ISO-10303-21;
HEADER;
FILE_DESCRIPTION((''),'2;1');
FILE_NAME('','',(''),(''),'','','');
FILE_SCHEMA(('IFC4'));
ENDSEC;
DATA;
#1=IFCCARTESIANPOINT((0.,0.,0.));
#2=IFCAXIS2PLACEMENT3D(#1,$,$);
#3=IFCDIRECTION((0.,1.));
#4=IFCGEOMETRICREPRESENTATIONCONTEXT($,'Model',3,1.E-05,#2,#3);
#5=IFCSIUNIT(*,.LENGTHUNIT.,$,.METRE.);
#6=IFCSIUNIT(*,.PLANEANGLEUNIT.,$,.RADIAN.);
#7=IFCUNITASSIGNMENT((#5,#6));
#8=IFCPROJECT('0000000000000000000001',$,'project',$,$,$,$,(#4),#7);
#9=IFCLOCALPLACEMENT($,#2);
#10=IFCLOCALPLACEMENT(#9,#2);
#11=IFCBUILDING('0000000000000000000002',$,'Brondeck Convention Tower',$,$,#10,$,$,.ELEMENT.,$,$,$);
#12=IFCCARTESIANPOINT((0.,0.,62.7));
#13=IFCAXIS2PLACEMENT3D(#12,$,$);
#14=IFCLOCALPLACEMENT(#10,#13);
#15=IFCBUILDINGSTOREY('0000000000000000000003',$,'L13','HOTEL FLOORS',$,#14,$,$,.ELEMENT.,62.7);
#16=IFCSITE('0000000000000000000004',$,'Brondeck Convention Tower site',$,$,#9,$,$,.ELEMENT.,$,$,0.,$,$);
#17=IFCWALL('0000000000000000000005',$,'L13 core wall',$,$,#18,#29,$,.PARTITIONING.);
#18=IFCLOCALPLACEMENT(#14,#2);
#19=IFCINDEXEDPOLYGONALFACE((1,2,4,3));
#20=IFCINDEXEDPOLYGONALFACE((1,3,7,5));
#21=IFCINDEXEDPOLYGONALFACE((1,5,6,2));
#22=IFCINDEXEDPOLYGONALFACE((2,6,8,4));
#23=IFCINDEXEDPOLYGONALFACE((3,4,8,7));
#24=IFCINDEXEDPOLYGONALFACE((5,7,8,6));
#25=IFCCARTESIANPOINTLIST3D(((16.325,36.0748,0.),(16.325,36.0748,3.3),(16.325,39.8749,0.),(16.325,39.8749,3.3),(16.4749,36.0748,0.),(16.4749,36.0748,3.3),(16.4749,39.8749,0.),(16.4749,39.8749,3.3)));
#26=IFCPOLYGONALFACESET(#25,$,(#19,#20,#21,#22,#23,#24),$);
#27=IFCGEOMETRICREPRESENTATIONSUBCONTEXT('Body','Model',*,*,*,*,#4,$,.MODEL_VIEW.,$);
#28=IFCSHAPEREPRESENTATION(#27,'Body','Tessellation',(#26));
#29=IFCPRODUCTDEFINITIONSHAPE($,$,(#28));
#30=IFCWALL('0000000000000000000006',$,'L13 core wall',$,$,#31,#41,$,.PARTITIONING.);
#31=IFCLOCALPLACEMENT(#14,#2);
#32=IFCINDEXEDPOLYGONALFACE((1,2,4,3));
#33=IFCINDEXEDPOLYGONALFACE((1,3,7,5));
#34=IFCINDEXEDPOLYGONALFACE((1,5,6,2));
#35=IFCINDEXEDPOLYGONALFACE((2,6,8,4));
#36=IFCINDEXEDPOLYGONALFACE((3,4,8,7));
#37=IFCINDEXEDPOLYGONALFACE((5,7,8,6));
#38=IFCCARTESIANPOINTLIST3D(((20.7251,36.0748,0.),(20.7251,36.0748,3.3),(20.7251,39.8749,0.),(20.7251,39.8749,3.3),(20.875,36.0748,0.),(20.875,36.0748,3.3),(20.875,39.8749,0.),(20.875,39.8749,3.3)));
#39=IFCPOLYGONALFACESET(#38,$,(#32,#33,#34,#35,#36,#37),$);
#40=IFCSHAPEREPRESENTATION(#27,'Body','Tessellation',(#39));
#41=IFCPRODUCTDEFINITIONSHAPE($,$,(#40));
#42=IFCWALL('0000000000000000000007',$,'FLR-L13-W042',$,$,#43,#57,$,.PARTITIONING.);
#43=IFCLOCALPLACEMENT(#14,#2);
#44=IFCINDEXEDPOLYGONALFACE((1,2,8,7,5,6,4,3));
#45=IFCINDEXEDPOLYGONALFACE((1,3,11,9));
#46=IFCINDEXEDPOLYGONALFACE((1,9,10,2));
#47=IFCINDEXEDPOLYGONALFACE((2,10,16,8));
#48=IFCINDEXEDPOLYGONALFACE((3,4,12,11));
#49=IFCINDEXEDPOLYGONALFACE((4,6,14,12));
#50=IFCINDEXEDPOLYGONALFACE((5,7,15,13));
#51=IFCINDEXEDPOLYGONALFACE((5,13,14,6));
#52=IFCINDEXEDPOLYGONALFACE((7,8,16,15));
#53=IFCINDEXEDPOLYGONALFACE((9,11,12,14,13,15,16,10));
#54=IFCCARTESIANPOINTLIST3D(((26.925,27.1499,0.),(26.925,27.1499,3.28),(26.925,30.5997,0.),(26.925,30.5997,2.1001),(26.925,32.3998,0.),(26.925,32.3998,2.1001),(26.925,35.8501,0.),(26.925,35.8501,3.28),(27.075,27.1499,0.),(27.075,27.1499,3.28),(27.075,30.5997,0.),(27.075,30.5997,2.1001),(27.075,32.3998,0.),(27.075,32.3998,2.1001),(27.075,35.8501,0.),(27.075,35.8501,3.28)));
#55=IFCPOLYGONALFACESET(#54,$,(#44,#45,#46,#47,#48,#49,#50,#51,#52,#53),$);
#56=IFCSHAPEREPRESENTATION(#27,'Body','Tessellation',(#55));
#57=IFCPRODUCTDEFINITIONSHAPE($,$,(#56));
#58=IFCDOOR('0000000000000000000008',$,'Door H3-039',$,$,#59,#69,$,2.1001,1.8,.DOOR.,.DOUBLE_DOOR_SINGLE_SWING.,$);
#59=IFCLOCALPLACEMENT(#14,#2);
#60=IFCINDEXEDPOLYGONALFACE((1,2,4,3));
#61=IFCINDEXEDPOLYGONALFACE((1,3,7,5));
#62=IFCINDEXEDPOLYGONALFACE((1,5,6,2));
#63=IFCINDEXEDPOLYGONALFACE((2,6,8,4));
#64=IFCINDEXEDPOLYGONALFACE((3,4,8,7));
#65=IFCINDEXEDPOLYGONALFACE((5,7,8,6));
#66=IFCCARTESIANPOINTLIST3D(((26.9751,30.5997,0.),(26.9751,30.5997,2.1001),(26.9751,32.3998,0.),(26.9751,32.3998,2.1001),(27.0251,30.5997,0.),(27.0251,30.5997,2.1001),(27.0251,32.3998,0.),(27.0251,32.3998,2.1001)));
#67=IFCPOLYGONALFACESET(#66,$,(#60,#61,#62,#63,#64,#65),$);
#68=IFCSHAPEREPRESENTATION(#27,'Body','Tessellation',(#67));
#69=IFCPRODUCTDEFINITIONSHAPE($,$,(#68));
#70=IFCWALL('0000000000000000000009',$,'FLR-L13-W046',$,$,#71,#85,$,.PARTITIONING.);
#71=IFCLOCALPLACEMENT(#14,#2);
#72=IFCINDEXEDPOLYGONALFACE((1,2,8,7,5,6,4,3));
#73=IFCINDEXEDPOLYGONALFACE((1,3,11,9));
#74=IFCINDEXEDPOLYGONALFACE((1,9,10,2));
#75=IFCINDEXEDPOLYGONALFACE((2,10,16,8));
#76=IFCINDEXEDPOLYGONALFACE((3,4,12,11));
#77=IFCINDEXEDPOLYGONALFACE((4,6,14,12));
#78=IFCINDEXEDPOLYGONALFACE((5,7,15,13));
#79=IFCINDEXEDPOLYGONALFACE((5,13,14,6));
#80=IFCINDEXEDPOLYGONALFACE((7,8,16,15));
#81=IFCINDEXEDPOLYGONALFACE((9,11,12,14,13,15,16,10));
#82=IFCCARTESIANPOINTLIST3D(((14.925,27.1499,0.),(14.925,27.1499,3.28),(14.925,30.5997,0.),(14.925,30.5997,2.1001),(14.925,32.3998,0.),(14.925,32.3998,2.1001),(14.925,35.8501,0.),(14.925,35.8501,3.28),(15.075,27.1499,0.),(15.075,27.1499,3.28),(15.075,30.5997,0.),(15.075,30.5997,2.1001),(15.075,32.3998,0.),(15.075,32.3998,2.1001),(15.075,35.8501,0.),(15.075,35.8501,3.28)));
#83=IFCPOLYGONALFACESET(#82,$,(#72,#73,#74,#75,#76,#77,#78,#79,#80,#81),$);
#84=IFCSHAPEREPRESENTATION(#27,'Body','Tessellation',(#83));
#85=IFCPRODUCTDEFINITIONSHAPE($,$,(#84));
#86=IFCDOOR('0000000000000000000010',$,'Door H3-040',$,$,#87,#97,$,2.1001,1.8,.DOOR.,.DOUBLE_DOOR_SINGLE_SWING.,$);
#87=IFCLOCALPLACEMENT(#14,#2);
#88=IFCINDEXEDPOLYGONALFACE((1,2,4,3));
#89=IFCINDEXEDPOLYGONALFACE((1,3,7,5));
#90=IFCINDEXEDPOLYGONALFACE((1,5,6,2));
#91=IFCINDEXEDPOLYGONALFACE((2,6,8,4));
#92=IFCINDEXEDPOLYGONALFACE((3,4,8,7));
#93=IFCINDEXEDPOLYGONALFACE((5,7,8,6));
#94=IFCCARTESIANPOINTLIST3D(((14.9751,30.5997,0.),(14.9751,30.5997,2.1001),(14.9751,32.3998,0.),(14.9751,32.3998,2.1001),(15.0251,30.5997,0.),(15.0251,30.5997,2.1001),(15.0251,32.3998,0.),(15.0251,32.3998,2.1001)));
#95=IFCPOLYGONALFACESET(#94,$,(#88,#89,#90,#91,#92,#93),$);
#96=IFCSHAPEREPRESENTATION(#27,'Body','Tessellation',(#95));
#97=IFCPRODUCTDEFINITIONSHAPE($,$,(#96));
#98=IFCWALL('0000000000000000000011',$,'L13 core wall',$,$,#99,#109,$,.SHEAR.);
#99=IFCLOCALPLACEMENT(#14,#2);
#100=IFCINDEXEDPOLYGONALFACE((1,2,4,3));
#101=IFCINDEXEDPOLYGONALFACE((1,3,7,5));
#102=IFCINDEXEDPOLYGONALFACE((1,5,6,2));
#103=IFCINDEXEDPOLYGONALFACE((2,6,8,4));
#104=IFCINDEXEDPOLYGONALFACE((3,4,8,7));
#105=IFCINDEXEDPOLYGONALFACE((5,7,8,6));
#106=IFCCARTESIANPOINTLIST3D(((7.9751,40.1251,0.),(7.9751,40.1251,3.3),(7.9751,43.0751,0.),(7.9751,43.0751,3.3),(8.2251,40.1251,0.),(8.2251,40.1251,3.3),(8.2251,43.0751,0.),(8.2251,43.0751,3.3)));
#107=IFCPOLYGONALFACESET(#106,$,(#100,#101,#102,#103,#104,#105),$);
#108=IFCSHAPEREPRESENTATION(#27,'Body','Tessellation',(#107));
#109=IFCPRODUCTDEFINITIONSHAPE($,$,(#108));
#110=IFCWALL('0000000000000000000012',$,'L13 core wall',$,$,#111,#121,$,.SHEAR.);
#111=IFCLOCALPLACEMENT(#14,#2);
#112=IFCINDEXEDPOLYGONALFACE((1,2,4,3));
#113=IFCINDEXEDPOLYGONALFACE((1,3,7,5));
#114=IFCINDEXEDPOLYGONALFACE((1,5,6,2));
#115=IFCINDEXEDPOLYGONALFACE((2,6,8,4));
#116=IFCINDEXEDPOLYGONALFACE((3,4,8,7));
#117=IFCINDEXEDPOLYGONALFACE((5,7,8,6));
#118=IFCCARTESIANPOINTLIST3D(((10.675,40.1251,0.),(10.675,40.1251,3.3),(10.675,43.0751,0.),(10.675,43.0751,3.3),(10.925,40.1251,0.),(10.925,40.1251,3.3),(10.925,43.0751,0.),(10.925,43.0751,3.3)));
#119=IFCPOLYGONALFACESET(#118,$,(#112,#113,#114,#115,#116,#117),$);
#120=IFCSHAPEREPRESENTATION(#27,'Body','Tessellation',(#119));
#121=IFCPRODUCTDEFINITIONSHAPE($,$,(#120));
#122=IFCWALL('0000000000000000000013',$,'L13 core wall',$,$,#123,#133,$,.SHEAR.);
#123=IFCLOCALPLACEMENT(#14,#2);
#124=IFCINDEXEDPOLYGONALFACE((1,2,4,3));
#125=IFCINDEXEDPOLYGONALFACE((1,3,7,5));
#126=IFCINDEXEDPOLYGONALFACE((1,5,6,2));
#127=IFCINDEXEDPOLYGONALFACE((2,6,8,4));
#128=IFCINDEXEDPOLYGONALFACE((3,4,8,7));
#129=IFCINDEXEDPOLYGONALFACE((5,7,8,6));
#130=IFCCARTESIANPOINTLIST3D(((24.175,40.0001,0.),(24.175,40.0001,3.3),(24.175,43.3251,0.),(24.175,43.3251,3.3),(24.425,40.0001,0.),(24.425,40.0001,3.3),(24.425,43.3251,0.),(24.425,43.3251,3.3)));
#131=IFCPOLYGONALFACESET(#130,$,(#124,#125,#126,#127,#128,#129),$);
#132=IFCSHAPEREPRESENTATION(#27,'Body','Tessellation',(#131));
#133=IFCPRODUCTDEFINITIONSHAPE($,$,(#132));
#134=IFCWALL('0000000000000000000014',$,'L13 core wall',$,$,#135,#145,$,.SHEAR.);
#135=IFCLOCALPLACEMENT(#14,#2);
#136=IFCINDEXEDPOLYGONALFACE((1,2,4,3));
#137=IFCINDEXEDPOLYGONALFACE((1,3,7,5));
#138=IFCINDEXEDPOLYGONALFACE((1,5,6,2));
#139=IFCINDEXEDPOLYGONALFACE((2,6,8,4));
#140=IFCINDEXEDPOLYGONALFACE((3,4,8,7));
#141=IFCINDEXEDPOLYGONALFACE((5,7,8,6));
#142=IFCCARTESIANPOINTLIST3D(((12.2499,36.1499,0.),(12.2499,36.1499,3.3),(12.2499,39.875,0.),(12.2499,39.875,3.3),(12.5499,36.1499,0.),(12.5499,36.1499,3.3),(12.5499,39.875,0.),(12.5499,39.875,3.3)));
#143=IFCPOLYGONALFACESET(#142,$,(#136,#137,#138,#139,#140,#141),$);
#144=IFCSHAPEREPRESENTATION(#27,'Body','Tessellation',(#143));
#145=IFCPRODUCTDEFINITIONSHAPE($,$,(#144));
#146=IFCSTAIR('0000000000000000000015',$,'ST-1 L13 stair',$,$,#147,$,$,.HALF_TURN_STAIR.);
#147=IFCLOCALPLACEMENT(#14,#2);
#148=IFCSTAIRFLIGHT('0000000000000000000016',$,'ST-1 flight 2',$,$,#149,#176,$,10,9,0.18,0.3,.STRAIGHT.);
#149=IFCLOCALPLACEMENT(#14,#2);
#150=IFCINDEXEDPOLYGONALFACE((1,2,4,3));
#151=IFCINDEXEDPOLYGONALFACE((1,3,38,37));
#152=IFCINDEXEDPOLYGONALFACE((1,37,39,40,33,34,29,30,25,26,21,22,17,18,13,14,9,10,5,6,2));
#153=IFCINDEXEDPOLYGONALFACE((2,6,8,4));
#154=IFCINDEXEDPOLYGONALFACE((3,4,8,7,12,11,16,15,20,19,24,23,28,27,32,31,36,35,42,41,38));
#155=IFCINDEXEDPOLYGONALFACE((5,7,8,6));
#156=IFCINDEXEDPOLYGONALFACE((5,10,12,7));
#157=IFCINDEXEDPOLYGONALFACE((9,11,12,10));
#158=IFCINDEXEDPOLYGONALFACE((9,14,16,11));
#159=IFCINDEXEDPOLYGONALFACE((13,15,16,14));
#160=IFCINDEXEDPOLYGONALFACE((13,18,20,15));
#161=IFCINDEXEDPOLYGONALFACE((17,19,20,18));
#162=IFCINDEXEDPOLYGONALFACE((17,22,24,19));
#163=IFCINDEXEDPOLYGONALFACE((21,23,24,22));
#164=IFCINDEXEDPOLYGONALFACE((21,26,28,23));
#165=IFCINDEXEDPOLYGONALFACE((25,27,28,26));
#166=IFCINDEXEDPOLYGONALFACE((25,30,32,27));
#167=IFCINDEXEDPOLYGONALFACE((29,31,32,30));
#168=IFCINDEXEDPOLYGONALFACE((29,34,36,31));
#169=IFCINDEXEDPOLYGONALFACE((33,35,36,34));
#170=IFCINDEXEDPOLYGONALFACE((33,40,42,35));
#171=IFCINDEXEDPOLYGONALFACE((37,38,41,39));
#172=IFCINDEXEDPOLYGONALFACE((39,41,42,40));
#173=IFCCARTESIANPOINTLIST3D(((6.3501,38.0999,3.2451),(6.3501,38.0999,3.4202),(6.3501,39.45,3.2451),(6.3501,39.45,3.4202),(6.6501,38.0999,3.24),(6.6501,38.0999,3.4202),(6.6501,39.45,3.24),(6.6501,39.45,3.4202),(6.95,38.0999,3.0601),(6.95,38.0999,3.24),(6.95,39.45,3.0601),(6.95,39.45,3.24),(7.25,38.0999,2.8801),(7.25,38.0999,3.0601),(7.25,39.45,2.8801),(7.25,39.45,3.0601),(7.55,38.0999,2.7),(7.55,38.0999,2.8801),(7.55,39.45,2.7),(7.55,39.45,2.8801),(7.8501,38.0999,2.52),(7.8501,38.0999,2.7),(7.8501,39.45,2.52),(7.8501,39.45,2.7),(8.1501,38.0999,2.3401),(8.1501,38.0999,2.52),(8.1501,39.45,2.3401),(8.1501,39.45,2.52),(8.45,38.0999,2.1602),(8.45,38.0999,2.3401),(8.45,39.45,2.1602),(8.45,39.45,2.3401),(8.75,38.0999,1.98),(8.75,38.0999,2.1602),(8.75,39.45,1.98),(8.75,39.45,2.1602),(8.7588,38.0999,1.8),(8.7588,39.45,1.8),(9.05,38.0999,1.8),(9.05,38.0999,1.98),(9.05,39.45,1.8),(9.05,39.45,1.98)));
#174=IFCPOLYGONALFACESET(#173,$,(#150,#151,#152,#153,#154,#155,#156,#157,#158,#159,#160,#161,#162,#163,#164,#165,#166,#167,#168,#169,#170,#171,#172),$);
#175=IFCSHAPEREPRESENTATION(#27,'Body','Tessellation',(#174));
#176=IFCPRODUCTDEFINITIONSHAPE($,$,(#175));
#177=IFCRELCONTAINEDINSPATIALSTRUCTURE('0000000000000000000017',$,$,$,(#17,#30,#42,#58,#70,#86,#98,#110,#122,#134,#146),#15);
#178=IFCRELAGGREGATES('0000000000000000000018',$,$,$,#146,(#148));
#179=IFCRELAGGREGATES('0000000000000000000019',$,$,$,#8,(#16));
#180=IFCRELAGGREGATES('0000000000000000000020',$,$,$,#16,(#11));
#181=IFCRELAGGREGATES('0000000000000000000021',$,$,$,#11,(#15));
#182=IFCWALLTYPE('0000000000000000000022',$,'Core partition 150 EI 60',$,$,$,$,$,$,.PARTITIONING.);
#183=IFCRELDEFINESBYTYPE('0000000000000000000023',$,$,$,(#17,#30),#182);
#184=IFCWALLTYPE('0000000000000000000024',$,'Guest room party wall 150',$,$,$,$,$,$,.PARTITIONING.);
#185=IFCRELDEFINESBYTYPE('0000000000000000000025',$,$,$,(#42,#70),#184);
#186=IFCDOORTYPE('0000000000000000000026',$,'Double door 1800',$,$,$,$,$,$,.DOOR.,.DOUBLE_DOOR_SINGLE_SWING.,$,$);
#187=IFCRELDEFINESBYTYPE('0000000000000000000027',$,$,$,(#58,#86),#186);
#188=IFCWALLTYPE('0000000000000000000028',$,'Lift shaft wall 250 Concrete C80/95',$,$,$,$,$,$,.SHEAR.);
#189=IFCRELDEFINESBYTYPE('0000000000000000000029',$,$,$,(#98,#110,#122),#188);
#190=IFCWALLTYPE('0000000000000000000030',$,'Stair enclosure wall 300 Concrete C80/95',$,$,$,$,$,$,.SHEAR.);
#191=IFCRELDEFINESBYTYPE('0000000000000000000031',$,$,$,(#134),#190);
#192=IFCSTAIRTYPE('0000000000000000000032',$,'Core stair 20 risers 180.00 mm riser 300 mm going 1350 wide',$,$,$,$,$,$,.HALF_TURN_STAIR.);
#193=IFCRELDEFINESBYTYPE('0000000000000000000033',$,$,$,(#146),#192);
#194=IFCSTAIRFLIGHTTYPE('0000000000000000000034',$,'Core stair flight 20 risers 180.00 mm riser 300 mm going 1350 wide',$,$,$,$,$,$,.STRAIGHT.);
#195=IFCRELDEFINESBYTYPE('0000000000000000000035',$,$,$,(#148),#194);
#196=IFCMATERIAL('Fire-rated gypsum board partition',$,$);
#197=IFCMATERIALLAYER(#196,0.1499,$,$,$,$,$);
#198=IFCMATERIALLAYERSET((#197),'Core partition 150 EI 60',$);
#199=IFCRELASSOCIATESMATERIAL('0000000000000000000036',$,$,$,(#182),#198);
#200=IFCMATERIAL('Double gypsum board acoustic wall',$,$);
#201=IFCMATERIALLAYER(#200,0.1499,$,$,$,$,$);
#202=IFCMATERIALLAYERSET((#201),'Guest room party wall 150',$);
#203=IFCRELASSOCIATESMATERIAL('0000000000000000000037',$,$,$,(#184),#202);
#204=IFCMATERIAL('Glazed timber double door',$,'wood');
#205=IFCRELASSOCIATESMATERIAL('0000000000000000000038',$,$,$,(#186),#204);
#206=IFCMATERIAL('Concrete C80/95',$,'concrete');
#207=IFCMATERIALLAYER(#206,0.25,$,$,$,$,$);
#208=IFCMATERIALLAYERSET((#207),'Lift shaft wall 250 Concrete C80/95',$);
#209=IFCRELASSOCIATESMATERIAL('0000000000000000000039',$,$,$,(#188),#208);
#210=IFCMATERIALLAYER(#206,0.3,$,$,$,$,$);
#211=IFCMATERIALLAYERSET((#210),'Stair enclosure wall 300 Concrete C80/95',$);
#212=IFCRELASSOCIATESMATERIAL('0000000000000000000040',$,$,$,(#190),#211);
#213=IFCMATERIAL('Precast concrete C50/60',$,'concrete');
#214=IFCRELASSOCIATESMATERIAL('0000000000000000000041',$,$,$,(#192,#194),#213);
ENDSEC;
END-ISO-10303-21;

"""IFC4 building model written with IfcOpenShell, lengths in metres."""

from ifc_helpers import new_model, si_unit, direction, frame, frame_2d, origin, place, context, subcontext, project, spatial, polyline, rectangle, outline, extrude, material, layer, layer_set, type_object, element, fill, aggregate, save


model = new_model("IFC4")

# Units and contexts
model_context = context("Model", 3, precision=1e-05, world=origin(), true_north=direction((0.0, 1.0)))
body_context = subcontext(model_context, "Body", "Model", "MODEL_VIEW")
ifc_project = project(units=[si_unit("LENGTHUNIT", "METRE"), si_unit("PLANEANGLEUNIT", "RADIAN")], contexts=[model_context])

# Site, building, storey
site_placement = place(None, origin())
site = spatial("IfcSite", under=ifc_project, at=site_placement, Name="Brondeck Convention Tower site", CompositionType="ELEMENT", RefElevation=0.0)
building_placement = place(site_placement, origin())
building = spatial("IfcBuilding", under=site, at=building_placement, Name="Brondeck Convention Tower", CompositionType="ELEMENT")
storey_placement = place(building_placement, frame((0.0, 0.0, 62.7)))
storey = spatial("IfcBuildingStorey", under=building, at=storey_placement, Name="L13", Description="HOTEL FLOORS", CompositionType="ELEMENT", Elevation=62.7)

# Shared definitions
ifc_material_1 = material(Name="Concrete C80/95", Category="concrete")

# Walls
ifc_material_2 = material(Name="Fire-rated gypsum board partition")
ifc_layer_1 = layer(ifc_material_2, 0.1499)
ifc_layer_set_1 = layer_set([ifc_layer_1], Name="Core partition 150 EI 60")
wall_type_1 = type_object("IfcWallType", Name="Core partition 150 EI 60", PredefinedType="PARTITIONING", material=ifc_layer_set_1)
for number, where, z_axis, x_axis, name in (
    (1, (16.3999, 36.075, 0.0), (0.0, 0.0, 1.0), (0.0, 1.0, 0.0), "L13 core wall"),
    (2, (20.8, 36.075, 0.0), (0.0, 0.0, 1.0), (0.0, 1.0, 0.0), "L13 core wall"),
):
    element("IfcWall", number, at=place(storey_placement, frame(where, z_axis=z_axis, x_axis=x_axis)), inside=storey, type_object=wall_type_1, Name=name, PredefinedType="PARTITIONING", context=body_context, shape_type="SweptSolid", body=[
        extrude(rectangle(XDim=3.8, YDim=0.1499, at=frame_2d((1.8999, 0.0))), origin(), (0.0, 0.0, 1.0), 3.3),
    ])

# Walls, openings, doors
ifc_material_3 = material(Name="Double gypsum board acoustic wall")
ifc_layer_2 = layer(ifc_material_3, 0.1499)
ifc_layer_set_2 = layer_set([ifc_layer_2], Name="Guest room party wall 150")
wall_type_2 = type_object("IfcWallType", Name="Guest room party wall 150", PredefinedType="PARTITIONING", material=ifc_layer_set_2)
wall_1_placement = place(storey_placement, frame((27.0, 27.1499, 0.0), z_axis=(0.0, 0.0, 1.0), x_axis=(0.0, 1.0, 0.0)))
wall_1 = element("IfcWall", 3, at=wall_1_placement, inside=storey, type_object=wall_type_2, Name="FLR-L13-W042", PredefinedType="PARTITIONING", context=body_context, shape_type="SweptSolid", body=[
    extrude(rectangle(XDim=8.7002, YDim=0.1499, at=frame_2d((4.3501, 0.0))), origin(), (0.0, 0.0, 1.0), 3.28),
])
opening_1_placement = place(wall_1_placement, frame((3.45, 0.0, 0.0)))
opening_1 = element("IfcOpeningElement", 4, at=opening_1_placement, cuts=wall_1, PredefinedType="OPENING", context=body_context, shape_type="SweptSolid", body=[
    extrude(rectangle(XDim=1.8, YDim=2.1001, at=frame_2d((0.8999, 1.05))), frame((0.0, 0.085, 0.0), z_axis=(0.0, -1.0, 0.0), x_axis=(1.0, 0.0, 0.0)), (0.0, 0.0, 1.0), 0.1699),
])
ifc_material_4 = material(Name="Glazed timber double door", Category="wood")
door_type_1 = type_object("IfcDoorType", Name="Double door 1800", OperationType="DOUBLE_DOOR_SINGLE_SWING", PredefinedType="DOOR", material=ifc_material_4)
door_1_placement = place(opening_1_placement, origin())
door_1 = element("IfcDoor", 5, at=door_1_placement, inside=storey, type_object=door_type_1, Name="Door H3-039", OperationType="DOUBLE_DOOR_SINGLE_SWING", OverallHeight=2.1001, OverallWidth=1.8, PredefinedType="DOOR", context=body_context, shape_type="SweptSolid", body=[
    extrude(rectangle(XDim=1.8, YDim=2.1001, at=frame_2d((0.8999, 1.05))), frame((0.0, 0.0249, 0.0), z_axis=(0.0, -1.0, 0.0), x_axis=(1.0, 0.0, 0.0)), (0.0, 0.0, 1.0), 0.05),
])
fill(opening_1, door_1)
wall_2_placement = place(storey_placement, frame((15.0, 27.1499, 0.0), z_axis=(0.0, 0.0, 1.0), x_axis=(0.0, 1.0, 0.0)))
wall_2 = element("IfcWall", 6, at=wall_2_placement, inside=storey, type_object=wall_type_2, Name="FLR-L13-W046", PredefinedType="PARTITIONING", context=body_context, shape_type="SweptSolid", body=[
    extrude(rectangle(XDim=8.7002, YDim=0.1499, at=frame_2d((4.3501, 0.0))), origin(), (0.0, 0.0, 1.0), 3.28),
])
opening_2_placement = place(wall_2_placement, frame((3.45, 0.0, 0.0)))
opening_2 = element("IfcOpeningElement", 7, at=opening_2_placement, cuts=wall_2, PredefinedType="OPENING", context=body_context, shape_type="SweptSolid", body=[
    extrude(rectangle(XDim=1.8, YDim=2.1001, at=frame_2d((0.8999, 1.05))), frame((0.0, 0.085, 0.0), z_axis=(0.0, -1.0, 0.0), x_axis=(1.0, 0.0, 0.0)), (0.0, 0.0, 1.0), 0.1699),
])
door_2_placement = place(opening_2_placement, origin())
door_2 = element("IfcDoor", 8, at=door_2_placement, inside=storey, type_object=door_type_1, Name="Door H3-040", OperationType="DOUBLE_DOOR_SINGLE_SWING", OverallHeight=2.1001, OverallWidth=1.8, PredefinedType="DOOR", context=body_context, shape_type="SweptSolid", body=[
    extrude(rectangle(XDim=1.8, YDim=2.1001, at=frame_2d((0.8999, 1.05))), frame((0.0, 0.0249, 0.0), z_axis=(0.0, -1.0, 0.0), x_axis=(1.0, 0.0, 0.0)), (0.0, 0.0, 1.0), 0.05),
])
fill(opening_2, door_2)

# Walls
ifc_layer_3 = layer(ifc_material_1, 0.25)
ifc_layer_set_3 = layer_set([ifc_layer_3], Name="Lift shaft wall 250 Concrete C80/95")
wall_type_3 = type_object("IfcWallType", Name="Lift shaft wall 250 Concrete C80/95", PredefinedType="SHEAR", material=ifc_layer_set_3)
for number, where, z_axis, x_axis, name in (
    (9, (8.1001, 40.125, 0.0), (0.0, 0.0, 1.0), (0.0, 1.0, 0.0), "L13 core wall"),
    (10, (10.8, 40.125, 0.0), (0.0, 0.0, 1.0), (0.0, 1.0, 0.0), "L13 core wall"),
):
    element("IfcWall", number, at=place(storey_placement, frame(where, z_axis=z_axis, x_axis=x_axis)), inside=storey, type_object=wall_type_3, Name=name, PredefinedType="SHEAR", context=body_context, shape_type="SweptSolid", body=[
        extrude(rectangle(XDim=2.95, YDim=0.25, at=frame_2d((1.4751, 0.0))), origin(), (0.0, 0.0, 1.0), 3.3),
    ])
wall_3_placement = place(storey_placement, frame((24.3, 40.0, 0.0), z_axis=(0.0, 0.0, 1.0), x_axis=(0.0, 1.0, 0.0)))
element("IfcWall", 11, at=wall_3_placement, inside=storey, type_object=wall_type_3, Name="L13 core wall", PredefinedType="SHEAR", context=body_context, shape_type="SweptSolid", body=[
    extrude(rectangle(XDim=3.325, YDim=0.25, at=frame_2d((1.6626, 0.0))), origin(), (0.0, 0.0, 1.0), 3.3),
])
ifc_layer_4 = layer(ifc_material_1, 0.3)
ifc_layer_set_4 = layer_set([ifc_layer_4], Name="Stair enclosure wall 300 Concrete C80/95")
wall_type_4 = type_object("IfcWallType", Name="Stair enclosure wall 300 Concrete C80/95", PredefinedType="SHEAR", material=ifc_layer_set_4)
wall_4_placement = place(storey_placement, frame((12.3999, 36.1499, 0.0), z_axis=(0.0, 0.0, 1.0), x_axis=(0.0, 1.0, 0.0)))
element("IfcWall", 12, at=wall_4_placement, inside=storey, type_object=wall_type_4, Name="L13 core wall", PredefinedType="SHEAR", context=body_context, shape_type="SweptSolid", body=[
    extrude(rectangle(XDim=3.7251, YDim=0.3, at=frame_2d((1.8625, 0.0))), origin(), (0.0, 0.0, 1.0), 3.3),
])

# Stair, stair flight
ifc_material_5 = material(Name="Precast concrete C50/60", Category="concrete")
stair_type = type_object("IfcStairType", Name="Core stair 20 risers 180.00 mm riser 300 mm going 1350 wide", PredefinedType="HALF_TURN_STAIR", material=ifc_material_5)
stair_placement = place(storey_placement, origin())
stair = element("IfcStair", 13, at=stair_placement, inside=storey, type_object=stair_type, Name="ST-1 L13 stair", PredefinedType="HALF_TURN_STAIR")
stair_flight_type = type_object("IfcStairFlightType", Name="Core stair flight 20 risers 180.00 mm riser 300 mm going 1350 wide", PredefinedType="STRAIGHT", material=ifc_material_5)
stair_flight_placement = place(storey_placement, frame((9.05, 38.7749, 1.8), z_axis=(0.0, 0.0, 1.0), x_axis=(-1.0, 0.0, 0.0)))
stair_flight = element("IfcStairFlight", 14, at=stair_flight_placement, type_object=stair_flight_type, Name="ST-1 flight 2", NumberOfRisers=10, NumberOfTreads=9, PredefinedType="STRAIGHT", RiserHeight=0.18, TreadLength=0.3, context=body_context, shape_type="SweptSolid", body=[
    extrude(outline(polyline([(0.0, 0.0), (0.0, 0.1799), (0.3, 0.1799), (0.3, 0.3601), (0.6001, 0.3601), (0.6001, 0.54), (0.8999, 0.54), (0.8999, 0.72), (1.2, 0.72), (1.2, 0.8999), (1.5, 0.8999), (1.5, 1.0801), (1.8, 1.0801), (1.8, 1.26), (2.1001, 1.26), (2.1001, 1.4399), (2.3999, 1.4399), (2.3999, 1.6201), (2.7, 1.6201), (2.7, 1.8), (2.7, 1.4451), (0.2913, 0.0), (0.0, 0.0)])), frame((0.0, 0.675, 0.0), z_axis=(0.0, -1.0, 0.0), x_axis=(1.0, 0.0, 0.0)), (0.0, 0.0, 1.0), 1.3501),
])
aggregate(stair, [stair_flight])

save(model, "model.ifc")
